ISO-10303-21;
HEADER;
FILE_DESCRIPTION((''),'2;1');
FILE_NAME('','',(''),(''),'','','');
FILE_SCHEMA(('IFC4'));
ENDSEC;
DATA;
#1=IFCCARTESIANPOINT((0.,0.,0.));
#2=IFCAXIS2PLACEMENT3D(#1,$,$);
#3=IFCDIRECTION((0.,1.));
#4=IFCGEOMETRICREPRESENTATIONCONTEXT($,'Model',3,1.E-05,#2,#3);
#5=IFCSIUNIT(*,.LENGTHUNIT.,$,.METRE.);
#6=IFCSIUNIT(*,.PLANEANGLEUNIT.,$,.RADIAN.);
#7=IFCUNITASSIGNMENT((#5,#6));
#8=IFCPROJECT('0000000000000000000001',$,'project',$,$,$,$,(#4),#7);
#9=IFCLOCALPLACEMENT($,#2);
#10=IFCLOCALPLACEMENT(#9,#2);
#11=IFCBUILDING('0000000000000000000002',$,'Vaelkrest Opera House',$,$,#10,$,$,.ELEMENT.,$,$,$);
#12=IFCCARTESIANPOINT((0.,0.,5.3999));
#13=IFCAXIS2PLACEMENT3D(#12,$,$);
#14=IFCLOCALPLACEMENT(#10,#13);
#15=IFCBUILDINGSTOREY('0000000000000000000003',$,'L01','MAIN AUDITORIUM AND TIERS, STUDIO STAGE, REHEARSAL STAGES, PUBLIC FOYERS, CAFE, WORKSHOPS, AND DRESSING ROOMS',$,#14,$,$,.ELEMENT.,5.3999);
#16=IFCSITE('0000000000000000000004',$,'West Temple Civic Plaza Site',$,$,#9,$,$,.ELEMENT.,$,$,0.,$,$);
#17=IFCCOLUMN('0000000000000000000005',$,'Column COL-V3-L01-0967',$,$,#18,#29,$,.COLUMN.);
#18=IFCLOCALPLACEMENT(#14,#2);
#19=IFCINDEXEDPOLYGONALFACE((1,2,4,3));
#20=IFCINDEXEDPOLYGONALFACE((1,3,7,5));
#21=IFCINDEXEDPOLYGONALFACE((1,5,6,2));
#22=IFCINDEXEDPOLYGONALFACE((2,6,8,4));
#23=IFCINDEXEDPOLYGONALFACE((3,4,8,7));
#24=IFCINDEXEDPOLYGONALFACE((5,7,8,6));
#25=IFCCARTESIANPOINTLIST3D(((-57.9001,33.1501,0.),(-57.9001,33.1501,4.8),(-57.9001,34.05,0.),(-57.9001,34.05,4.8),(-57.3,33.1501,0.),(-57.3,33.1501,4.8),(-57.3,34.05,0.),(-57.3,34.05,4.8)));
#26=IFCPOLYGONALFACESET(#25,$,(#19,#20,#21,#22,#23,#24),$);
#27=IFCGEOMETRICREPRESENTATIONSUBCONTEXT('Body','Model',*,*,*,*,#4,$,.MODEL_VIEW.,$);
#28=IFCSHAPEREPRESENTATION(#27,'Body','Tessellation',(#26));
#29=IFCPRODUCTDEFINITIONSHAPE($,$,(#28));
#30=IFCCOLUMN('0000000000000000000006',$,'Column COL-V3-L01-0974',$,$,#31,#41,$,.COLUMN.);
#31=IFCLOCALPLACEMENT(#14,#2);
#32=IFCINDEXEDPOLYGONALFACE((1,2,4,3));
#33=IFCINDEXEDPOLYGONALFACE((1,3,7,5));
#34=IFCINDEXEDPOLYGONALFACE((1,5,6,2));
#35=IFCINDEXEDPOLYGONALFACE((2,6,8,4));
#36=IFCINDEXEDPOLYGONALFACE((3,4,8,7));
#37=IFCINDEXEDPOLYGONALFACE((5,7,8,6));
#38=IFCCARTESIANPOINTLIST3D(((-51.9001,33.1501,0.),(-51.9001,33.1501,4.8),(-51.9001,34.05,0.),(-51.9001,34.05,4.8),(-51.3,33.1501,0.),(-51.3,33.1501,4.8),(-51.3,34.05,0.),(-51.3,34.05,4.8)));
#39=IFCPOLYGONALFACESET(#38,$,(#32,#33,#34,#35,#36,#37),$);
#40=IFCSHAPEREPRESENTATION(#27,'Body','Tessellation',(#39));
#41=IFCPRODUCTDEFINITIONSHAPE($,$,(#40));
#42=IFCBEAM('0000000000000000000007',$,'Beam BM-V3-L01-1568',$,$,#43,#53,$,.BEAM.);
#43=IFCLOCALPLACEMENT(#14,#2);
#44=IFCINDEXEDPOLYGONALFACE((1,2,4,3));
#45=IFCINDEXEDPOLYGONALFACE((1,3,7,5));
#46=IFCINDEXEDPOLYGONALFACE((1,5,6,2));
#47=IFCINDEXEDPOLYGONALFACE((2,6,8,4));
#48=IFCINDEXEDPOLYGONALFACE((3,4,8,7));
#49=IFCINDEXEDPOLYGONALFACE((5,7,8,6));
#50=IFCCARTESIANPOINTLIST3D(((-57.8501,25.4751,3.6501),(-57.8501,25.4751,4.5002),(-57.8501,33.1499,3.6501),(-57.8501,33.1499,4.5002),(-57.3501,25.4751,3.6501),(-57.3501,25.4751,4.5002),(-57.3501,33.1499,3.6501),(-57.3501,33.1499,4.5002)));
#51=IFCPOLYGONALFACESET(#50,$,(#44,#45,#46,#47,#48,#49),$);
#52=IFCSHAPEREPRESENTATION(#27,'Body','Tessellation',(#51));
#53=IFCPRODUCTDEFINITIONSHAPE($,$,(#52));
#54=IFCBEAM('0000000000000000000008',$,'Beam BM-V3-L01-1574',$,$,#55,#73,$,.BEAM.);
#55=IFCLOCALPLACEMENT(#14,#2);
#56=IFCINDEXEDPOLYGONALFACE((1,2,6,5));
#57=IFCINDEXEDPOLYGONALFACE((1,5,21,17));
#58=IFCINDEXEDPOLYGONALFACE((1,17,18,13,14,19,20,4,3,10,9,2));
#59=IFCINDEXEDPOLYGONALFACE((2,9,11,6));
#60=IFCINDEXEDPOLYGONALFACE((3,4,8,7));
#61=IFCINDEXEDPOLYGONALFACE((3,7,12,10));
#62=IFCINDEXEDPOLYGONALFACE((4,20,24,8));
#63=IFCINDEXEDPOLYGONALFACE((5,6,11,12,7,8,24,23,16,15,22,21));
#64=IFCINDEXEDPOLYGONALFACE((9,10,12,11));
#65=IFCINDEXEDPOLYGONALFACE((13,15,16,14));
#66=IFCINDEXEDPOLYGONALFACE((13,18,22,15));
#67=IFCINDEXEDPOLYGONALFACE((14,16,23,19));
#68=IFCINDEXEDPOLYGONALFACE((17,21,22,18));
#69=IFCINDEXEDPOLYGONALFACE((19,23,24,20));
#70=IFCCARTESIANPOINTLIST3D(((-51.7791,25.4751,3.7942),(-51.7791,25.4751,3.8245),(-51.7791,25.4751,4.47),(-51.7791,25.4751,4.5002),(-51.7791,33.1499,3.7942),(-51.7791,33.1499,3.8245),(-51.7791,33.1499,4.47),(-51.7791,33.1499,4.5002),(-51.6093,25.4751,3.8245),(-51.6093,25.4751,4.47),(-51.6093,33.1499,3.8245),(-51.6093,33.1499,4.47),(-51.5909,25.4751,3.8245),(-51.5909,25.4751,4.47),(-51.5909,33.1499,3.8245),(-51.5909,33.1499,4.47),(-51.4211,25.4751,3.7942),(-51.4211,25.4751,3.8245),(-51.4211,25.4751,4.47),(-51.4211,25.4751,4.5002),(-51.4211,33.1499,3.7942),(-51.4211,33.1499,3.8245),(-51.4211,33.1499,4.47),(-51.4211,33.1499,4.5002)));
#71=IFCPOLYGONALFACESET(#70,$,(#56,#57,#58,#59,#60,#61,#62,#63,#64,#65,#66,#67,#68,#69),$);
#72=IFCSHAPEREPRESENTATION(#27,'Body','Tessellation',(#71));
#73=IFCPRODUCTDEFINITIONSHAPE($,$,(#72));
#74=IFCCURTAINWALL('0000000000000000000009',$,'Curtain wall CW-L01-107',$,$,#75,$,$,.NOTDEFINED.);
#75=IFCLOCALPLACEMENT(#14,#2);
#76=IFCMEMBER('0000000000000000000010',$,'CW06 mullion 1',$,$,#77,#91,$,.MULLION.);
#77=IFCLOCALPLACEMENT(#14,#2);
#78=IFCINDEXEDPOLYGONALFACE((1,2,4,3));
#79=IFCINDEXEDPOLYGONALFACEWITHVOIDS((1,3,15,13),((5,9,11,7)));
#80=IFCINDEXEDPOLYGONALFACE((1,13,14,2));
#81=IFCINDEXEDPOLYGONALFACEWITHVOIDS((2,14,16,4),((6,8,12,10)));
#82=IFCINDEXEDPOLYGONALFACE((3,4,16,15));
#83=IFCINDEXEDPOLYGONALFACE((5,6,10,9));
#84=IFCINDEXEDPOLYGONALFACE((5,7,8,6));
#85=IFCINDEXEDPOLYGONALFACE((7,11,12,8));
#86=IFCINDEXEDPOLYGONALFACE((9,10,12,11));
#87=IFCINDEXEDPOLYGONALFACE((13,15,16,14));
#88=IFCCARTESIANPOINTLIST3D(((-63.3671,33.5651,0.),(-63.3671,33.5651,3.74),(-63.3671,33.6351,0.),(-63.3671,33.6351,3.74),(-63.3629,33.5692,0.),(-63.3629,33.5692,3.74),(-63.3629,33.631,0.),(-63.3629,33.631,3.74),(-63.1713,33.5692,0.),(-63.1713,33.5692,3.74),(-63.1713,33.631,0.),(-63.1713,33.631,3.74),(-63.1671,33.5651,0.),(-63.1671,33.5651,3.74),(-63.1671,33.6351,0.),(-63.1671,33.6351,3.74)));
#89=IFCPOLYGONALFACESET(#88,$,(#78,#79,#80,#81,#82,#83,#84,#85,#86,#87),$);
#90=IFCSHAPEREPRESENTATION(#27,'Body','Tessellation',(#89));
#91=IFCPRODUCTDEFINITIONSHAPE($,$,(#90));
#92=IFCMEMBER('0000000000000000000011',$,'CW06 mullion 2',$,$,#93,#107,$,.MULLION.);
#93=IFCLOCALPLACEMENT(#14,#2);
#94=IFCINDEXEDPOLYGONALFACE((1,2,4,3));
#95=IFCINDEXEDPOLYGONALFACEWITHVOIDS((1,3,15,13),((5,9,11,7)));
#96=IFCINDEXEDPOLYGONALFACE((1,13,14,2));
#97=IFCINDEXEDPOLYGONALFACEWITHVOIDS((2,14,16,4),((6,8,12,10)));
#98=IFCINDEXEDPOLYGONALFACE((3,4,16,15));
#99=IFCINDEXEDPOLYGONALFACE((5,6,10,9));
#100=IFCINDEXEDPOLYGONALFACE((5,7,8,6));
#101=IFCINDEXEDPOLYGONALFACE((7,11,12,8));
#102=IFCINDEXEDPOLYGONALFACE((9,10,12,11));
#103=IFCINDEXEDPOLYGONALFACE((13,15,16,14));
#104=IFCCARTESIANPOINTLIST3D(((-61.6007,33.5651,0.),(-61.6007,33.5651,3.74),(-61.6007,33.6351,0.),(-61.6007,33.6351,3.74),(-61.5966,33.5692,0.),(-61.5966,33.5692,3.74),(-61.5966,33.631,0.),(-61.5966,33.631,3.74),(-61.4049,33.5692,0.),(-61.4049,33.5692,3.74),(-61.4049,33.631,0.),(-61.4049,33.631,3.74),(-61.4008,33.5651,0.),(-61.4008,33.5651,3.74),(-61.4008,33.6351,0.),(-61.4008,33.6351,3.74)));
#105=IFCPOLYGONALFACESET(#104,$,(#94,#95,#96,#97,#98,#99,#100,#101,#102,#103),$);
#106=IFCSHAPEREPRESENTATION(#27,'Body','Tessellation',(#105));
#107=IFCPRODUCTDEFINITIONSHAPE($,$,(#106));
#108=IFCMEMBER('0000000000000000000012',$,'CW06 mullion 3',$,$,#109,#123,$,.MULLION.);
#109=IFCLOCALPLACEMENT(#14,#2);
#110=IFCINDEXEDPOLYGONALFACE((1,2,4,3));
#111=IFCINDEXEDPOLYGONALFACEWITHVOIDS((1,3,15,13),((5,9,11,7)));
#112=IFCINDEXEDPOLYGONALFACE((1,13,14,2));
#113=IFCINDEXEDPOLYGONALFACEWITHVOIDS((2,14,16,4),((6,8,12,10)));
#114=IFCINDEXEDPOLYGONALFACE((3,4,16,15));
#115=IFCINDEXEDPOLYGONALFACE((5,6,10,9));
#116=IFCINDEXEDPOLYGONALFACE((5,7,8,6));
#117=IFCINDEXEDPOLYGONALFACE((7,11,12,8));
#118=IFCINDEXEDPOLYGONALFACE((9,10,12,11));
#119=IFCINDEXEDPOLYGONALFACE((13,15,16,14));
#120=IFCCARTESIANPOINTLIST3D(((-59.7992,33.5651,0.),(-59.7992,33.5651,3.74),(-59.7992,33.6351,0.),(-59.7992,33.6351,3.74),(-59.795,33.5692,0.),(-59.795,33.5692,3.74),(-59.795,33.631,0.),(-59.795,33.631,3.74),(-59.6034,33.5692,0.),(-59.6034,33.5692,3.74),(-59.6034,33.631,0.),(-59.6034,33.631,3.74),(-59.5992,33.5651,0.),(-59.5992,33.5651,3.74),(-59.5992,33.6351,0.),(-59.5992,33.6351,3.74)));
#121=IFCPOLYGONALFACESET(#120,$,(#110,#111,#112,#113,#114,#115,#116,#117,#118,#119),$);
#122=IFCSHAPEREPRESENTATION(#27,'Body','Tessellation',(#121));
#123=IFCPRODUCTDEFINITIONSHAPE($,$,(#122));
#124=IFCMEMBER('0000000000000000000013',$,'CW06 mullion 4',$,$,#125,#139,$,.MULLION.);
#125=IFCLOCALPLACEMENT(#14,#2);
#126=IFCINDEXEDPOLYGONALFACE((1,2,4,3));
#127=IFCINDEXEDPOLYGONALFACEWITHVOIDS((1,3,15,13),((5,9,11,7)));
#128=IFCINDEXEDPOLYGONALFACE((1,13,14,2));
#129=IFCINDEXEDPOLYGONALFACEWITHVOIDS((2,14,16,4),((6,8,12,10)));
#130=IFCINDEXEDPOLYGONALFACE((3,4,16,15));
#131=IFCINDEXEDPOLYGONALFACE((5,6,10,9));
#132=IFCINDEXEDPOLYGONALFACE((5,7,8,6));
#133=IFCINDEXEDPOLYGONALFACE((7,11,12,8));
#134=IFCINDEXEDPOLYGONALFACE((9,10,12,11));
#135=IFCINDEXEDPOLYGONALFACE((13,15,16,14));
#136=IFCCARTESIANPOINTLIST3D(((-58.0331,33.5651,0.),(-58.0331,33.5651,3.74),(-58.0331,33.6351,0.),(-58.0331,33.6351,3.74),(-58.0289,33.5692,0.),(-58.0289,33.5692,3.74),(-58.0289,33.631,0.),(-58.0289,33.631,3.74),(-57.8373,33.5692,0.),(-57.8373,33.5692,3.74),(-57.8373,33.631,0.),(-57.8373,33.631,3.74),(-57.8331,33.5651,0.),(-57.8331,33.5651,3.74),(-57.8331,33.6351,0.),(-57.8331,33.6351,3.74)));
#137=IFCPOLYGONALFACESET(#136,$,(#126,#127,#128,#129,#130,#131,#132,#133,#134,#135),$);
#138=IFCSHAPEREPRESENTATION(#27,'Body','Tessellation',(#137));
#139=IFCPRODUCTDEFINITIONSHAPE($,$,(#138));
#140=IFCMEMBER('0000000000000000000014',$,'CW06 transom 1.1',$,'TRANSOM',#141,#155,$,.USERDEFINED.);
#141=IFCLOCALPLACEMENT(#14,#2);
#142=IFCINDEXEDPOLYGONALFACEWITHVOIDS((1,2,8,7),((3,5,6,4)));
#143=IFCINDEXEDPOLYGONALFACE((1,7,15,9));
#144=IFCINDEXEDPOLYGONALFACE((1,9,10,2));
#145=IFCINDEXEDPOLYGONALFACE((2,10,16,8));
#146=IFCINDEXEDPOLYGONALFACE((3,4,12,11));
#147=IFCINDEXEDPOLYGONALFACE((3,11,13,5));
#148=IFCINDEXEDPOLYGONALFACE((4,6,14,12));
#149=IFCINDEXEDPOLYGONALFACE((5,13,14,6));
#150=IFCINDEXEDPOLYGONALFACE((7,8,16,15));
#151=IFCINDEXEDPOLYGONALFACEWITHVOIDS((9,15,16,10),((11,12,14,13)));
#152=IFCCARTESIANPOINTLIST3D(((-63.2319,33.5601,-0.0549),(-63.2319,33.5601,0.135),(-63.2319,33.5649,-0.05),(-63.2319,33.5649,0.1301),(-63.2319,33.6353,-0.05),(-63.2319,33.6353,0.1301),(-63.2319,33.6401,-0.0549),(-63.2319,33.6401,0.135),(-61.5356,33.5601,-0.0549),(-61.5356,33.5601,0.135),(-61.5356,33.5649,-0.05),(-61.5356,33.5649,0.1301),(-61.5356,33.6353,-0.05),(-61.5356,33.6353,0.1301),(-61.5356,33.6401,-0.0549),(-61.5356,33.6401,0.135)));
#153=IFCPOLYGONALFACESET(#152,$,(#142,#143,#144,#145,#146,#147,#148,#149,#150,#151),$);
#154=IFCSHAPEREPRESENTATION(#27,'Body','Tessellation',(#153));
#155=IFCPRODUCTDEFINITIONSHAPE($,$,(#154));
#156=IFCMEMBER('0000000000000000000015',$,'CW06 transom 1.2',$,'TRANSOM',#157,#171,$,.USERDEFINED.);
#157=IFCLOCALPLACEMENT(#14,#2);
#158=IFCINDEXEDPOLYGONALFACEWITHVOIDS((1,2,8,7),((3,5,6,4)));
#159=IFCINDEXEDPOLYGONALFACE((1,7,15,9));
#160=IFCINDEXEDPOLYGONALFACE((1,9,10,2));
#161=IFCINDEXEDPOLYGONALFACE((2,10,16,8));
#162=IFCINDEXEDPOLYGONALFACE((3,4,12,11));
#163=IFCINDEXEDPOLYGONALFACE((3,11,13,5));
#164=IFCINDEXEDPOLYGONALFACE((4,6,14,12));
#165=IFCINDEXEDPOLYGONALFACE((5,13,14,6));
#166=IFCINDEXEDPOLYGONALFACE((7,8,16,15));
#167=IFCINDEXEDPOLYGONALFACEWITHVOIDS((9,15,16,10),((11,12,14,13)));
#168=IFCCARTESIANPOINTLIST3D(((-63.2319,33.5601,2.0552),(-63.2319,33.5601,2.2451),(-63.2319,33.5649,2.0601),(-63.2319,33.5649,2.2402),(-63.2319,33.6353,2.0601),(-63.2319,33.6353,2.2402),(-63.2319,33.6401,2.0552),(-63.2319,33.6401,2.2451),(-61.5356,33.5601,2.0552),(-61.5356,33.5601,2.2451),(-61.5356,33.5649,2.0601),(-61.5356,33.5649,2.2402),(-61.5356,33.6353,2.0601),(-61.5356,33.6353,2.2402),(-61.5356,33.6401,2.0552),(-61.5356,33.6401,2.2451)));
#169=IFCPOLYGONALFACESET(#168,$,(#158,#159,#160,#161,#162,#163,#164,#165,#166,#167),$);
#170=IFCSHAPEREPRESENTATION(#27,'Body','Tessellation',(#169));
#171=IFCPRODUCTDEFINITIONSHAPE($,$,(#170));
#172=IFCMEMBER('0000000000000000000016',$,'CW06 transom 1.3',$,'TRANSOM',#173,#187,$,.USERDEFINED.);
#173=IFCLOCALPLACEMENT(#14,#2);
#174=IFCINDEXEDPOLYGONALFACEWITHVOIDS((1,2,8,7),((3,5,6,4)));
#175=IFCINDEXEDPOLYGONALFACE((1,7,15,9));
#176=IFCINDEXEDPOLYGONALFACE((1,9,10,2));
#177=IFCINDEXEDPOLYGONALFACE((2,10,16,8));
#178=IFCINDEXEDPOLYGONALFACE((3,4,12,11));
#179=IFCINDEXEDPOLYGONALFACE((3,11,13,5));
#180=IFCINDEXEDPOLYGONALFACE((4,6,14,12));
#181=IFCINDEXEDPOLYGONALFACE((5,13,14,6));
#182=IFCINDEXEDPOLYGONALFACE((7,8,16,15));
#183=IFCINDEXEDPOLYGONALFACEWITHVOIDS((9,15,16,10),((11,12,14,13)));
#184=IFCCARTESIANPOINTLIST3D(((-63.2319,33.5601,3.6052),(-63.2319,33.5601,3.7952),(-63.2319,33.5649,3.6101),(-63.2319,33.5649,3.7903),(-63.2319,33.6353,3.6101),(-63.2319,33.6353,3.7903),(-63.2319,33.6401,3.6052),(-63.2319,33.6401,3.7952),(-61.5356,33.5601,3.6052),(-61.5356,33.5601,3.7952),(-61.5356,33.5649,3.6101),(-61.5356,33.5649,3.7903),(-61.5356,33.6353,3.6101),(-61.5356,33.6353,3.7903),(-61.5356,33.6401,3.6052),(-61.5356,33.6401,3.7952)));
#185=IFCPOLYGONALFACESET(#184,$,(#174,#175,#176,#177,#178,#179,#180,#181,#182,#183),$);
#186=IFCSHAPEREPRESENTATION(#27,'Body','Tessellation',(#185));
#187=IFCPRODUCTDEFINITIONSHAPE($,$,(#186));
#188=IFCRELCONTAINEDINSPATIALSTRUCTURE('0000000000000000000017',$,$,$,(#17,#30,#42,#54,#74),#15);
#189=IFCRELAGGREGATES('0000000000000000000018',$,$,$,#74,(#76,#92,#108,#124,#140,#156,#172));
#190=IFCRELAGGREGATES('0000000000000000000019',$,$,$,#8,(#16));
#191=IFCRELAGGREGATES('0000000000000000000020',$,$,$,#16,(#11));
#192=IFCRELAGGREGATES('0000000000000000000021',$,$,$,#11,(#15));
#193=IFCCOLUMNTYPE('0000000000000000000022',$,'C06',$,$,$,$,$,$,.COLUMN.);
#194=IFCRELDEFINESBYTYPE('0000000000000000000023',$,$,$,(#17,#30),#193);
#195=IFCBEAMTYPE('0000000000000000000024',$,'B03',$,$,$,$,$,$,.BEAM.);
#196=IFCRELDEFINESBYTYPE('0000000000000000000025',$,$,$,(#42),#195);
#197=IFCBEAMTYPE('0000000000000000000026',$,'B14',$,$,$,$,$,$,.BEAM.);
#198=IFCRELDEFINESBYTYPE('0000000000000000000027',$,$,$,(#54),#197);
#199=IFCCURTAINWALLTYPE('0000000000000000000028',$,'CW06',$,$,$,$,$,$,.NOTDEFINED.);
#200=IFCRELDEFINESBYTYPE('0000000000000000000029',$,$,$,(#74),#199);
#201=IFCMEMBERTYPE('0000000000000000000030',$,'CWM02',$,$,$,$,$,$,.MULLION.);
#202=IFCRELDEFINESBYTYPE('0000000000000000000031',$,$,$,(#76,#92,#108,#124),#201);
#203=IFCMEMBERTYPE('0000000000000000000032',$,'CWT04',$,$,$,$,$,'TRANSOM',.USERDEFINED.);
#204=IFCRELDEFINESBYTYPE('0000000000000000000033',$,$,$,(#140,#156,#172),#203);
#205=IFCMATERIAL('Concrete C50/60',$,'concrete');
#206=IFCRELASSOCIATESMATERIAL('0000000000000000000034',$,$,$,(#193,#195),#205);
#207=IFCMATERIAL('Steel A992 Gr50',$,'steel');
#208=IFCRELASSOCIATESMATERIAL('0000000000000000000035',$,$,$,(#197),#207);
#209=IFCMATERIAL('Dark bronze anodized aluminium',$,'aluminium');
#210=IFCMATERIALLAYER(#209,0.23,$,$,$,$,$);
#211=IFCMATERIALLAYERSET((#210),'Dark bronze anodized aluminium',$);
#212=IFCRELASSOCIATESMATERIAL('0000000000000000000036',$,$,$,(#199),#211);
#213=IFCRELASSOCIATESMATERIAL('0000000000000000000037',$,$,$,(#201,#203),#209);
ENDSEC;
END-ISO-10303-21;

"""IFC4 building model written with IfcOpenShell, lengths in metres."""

from ifc_helpers import new_model, si_unit, direction, frame, origin, origin_2d, place, context, subcontext, project, spatial, rectangle, hollow_rectangle, i_section, extrude, material, layer, layer_set, material_profile, profile_set, type_object, element, aggregate, save


model = new_model("IFC4")

# Units and contexts
model_context = context("Model", 3, precision=1e-05, world=origin(), true_north=direction((0.0, 1.0)))
body_context = subcontext(model_context, "Body", "Model", "MODEL_VIEW")
ifc_project = project(units=[si_unit("LENGTHUNIT", "METRE"), si_unit("PLANEANGLEUNIT", "RADIAN")], contexts=[model_context])

# Site, building, storey
site_placement = place(None, origin())
site = spatial("IfcSite", under=ifc_project, at=site_placement, Name="West Temple Civic Plaza Site", CompositionType="ELEMENT", RefElevation=0.0)
building_placement = place(site_placement, origin())
building = spatial("IfcBuilding", under=site, at=building_placement, Name="Vaelkrest Opera House", CompositionType="ELEMENT")
storey_placement = place(building_placement, frame((0.0, 0.0, 5.3999)))
storey = spatial("IfcBuildingStorey", under=building, at=storey_placement, Name="L01", Description="MAIN AUDITORIUM AND TIERS, STUDIO STAGE, REHEARSAL STAGES, PUBLIC FOYERS, CAFE, WORKSHOPS, AND DRESSING ROOMS", CompositionType="ELEMENT", Elevation=5.3999)

# Columns
ifc_material_1 = material(Name="Concrete C50/60", Category="concrete")
ifc_material_profile_1 = material_profile(ifc_material_1, rectangle(XDim=0.6001, YDim=0.8999, at=origin_2d()), Name="RC600X900")
ifc_profile_set_1 = profile_set([ifc_material_profile_1], Name="Concrete C50/60")
column_type = type_object("IfcColumnType", Name="C06", PredefinedType="COLUMN", material=ifc_profile_set_1)
for number, where, z_axis, x_axis, name in (
    (1, (-57.6001, 33.6001, 0.0), (0.0, 0.0, 1.0), (1.0, 0.0, 0.0), "Column COL-V3-L01-0967"),
    (2, (-51.6001, 33.6001, 0.0), (0.0, 0.0, 1.0), (1.0, 0.0, 0.0), "Column COL-V3-L01-0974"),
):
    element("IfcColumn", number, at=place(storey_placement, frame(where, z_axis=z_axis, x_axis=x_axis)), inside=storey, type_object=column_type, Name=name, PredefinedType="COLUMN", context=body_context, shape_type="SweptSolid", body=[
        extrude(rectangle(XDim=0.6001, YDim=0.8999, at=origin_2d()), origin(), (0.0, 0.0, 1.0), 4.8),
    ])

# Beams
ifc_material_profile_2 = material_profile(ifc_material_1, rectangle(XDim=0.5, YDim=0.8501, at=origin_2d()), Name="RCB500X850")
ifc_profile_set_2 = profile_set([ifc_material_profile_2], Name="Concrete C50/60")
beam_type_1 = type_object("IfcBeamType", Name="B03", PredefinedType="BEAM", material=ifc_profile_set_2)
beam_1_placement = place(storey_placement, frame((-57.6001, 25.4751, 4.0752), z_axis=(0.0, 1.0, 0.0), x_axis=(-1.0, 0.0, 0.0)))
element("IfcBeam", 3, at=beam_1_placement, inside=storey, type_object=beam_type_1, Name="Beam BM-V3-L01-1568", PredefinedType="BEAM", context=body_context, shape_type="SweptSolid", body=[
    extrude(rectangle(XDim=0.5, YDim=0.8501, at=origin_2d()), origin(), (0.0, 0.0, 1.0), 7.6748),
])
ifc_material_2 = material(Name="Steel A992 Gr50", Category="steel")
ifc_material_profile_3 = material_profile(ifc_material_2, i_section(OverallWidth=0.3579, OverallDepth=0.7061, WebThickness=0.0183, FlangeThickness=0.0303, at=origin_2d()), Name="W27X178")
ifc_profile_set_3 = profile_set([ifc_material_profile_3], Name="Steel A992 Gr50")
beam_type_2 = type_object("IfcBeamType", Name="B14", PredefinedType="BEAM", material=ifc_profile_set_3)
beam_2_placement = place(storey_placement, frame((-51.6001, 25.4751, 4.1472), z_axis=(0.0, 1.0, 0.0), x_axis=(-1.0, 0.0, 0.0)))
element("IfcBeam", 4, at=beam_2_placement, inside=storey, type_object=beam_type_2, Name="Beam BM-V3-L01-1574", PredefinedType="BEAM", context=body_context, shape_type="SweptSolid", body=[
    extrude(i_section(OverallWidth=0.3579, OverallDepth=0.7061, WebThickness=0.0183, FlangeThickness=0.0303, at=origin_2d()), origin(), (0.0, 0.0, 1.0), 7.6748),
])

# Curtain wall, members
ifc_material_3 = material(Name="Dark bronze anodized aluminium", Category="aluminium")
ifc_layer_1 = layer(ifc_material_3, 0.23)
ifc_layer_set_1 = layer_set([ifc_layer_1], Name="Dark bronze anodized aluminium")
curtain_wall_type = type_object("IfcCurtainWallType", Name="CW06", PredefinedType="NOTDEFINED", material=ifc_layer_set_1)
curtain_wall_placement = place(storey_placement, origin())
curtain_wall = element("IfcCurtainWall", 5, at=curtain_wall_placement, inside=storey, type_object=curtain_wall_type, Name="Curtain wall CW-L01-107", PredefinedType="NOTDEFINED")
ifc_material_profile_4 = material_profile(ifc_material_3, hollow_rectangle(XDim=0.0701, YDim=0.2, WallThickness=0.0042, at=origin_2d()), Name="CWM70X200")
ifc_profile_set_4 = profile_set([ifc_material_profile_4], Name="Dark bronze anodized aluminium")
member_type_1 = type_object("IfcMemberType", Name="CWM02", PredefinedType="MULLION", material=ifc_profile_set_4)
member_1_placement = place(storey_placement, frame((-63.2671, 33.6001, 0.0), z_axis=(0.0, 0.0, 1.0), x_axis=(0.0, 1.0, 0.0)))
member_1 = element("IfcMember", 6, at=member_1_placement, type_object=member_type_1, Name="CW06 mullion 1", PredefinedType="MULLION", context=body_context, shape_type="SweptSolid", body=[
    extrude(hollow_rectangle(XDim=0.0701, YDim=0.2, WallThickness=0.0042, at=origin_2d()), origin(), (0.0, 0.0, 1.0), 3.74),
])
member_2_placement = place(storey_placement, frame((-61.5007, 33.6001, 0.0), z_axis=(0.0, 0.0, 1.0), x_axis=(0.0, 1.0, 0.0)))
member_2 = element("IfcMember", 7, at=member_2_placement, type_object=member_type_1, Name="CW06 mullion 2", PredefinedType="MULLION", context=body_context, shape_type="SweptSolid", body=[
    extrude(hollow_rectangle(XDim=0.0701, YDim=0.2, WallThickness=0.0042, at=origin_2d()), origin(), (0.0, 0.0, 1.0), 3.74),
])
member_3_placement = place(storey_placement, frame((-59.6992, 33.6001, 0.0), z_axis=(0.0, 0.0, 1.0), x_axis=(0.0, 1.0, 0.0)))
member_3 = element("IfcMember", 8, at=member_3_placement, type_object=member_type_1, Name="CW06 mullion 3", PredefinedType="MULLION", context=body_context, shape_type="SweptSolid", body=[
    extrude(hollow_rectangle(XDim=0.0701, YDim=0.2, WallThickness=0.0042, at=origin_2d()), origin(), (0.0, 0.0, 1.0), 3.74),
])
member_4_placement = place(storey_placement, frame((-57.9331, 33.6001, 0.0), z_axis=(0.0, 0.0, 1.0), x_axis=(0.0, 1.0, 0.0)))
member_4 = element("IfcMember", 9, at=member_4_placement, type_object=member_type_1, Name="CW06 mullion 4", PredefinedType="MULLION", context=body_context, shape_type="SweptSolid", body=[
    extrude(hollow_rectangle(XDim=0.0701, YDim=0.2, WallThickness=0.0042, at=origin_2d()), origin(), (0.0, 0.0, 1.0), 3.74),
])
ifc_material_profile_5 = material_profile(ifc_material_3, hollow_rectangle(XDim=0.0801, YDim=0.1899, WallThickness=0.0049, at=origin_2d()), Name="CWT80X190")
ifc_profile_set_5 = profile_set([ifc_material_profile_5], Name="Dark bronze anodized aluminium")
member_type_2 = type_object("IfcMemberType", Name="CWT04", ElementType="TRANSOM", PredefinedType="USERDEFINED", material=ifc_profile_set_5)
member_5_placement = place(storey_placement, frame((-63.2319, 33.6001, 0.04), z_axis=(1.0, 0.0, 0.0), x_axis=(0.0, 1.0, 0.0)))
member_5 = element("IfcMember", 10, at=member_5_placement, type_object=member_type_2, Name="CW06 transom 1.1", ObjectType="TRANSOM", PredefinedType="USERDEFINED", context=body_context, shape_type="SweptSolid", body=[
    extrude(hollow_rectangle(XDim=0.0801, YDim=0.1899, WallThickness=0.0049, at=origin_2d()), origin(), (0.0, 0.0, 1.0), 1.6963),
])
member_6_placement = place(storey_placement, frame((-63.2319, 33.6001, 2.1501), z_axis=(1.0, 0.0, 0.0), x_axis=(0.0, 1.0, 0.0)))
member_6 = element("IfcMember", 11, at=member_6_placement, type_object=member_type_2, Name="CW06 transom 1.2", ObjectType="TRANSOM", PredefinedType="USERDEFINED", context=body_context, shape_type="SweptSolid", body=[
    extrude(hollow_rectangle(XDim=0.0801, YDim=0.1899, WallThickness=0.0049, at=origin_2d()), origin(), (0.0, 0.0, 1.0), 1.6963),
])
member_7_placement = place(storey_placement, frame((-63.2319, 33.6001, 3.7002), z_axis=(1.0, 0.0, 0.0), x_axis=(0.0, 1.0, 0.0)))
member_7 = element("IfcMember", 12, at=member_7_placement, type_object=member_type_2, Name="CW06 transom 1.3", ObjectType="TRANSOM", PredefinedType="USERDEFINED", context=body_context, shape_type="SweptSolid", body=[
    extrude(hollow_rectangle(XDim=0.0801, YDim=0.1899, WallThickness=0.0049, at=origin_2d()), origin(), (0.0, 0.0, 1.0), 1.6963),
])

aggregate(curtain_wall, [member_1, member_2, member_3, member_4, member_5, member_6, member_7])

save(model, "model.ifc")
